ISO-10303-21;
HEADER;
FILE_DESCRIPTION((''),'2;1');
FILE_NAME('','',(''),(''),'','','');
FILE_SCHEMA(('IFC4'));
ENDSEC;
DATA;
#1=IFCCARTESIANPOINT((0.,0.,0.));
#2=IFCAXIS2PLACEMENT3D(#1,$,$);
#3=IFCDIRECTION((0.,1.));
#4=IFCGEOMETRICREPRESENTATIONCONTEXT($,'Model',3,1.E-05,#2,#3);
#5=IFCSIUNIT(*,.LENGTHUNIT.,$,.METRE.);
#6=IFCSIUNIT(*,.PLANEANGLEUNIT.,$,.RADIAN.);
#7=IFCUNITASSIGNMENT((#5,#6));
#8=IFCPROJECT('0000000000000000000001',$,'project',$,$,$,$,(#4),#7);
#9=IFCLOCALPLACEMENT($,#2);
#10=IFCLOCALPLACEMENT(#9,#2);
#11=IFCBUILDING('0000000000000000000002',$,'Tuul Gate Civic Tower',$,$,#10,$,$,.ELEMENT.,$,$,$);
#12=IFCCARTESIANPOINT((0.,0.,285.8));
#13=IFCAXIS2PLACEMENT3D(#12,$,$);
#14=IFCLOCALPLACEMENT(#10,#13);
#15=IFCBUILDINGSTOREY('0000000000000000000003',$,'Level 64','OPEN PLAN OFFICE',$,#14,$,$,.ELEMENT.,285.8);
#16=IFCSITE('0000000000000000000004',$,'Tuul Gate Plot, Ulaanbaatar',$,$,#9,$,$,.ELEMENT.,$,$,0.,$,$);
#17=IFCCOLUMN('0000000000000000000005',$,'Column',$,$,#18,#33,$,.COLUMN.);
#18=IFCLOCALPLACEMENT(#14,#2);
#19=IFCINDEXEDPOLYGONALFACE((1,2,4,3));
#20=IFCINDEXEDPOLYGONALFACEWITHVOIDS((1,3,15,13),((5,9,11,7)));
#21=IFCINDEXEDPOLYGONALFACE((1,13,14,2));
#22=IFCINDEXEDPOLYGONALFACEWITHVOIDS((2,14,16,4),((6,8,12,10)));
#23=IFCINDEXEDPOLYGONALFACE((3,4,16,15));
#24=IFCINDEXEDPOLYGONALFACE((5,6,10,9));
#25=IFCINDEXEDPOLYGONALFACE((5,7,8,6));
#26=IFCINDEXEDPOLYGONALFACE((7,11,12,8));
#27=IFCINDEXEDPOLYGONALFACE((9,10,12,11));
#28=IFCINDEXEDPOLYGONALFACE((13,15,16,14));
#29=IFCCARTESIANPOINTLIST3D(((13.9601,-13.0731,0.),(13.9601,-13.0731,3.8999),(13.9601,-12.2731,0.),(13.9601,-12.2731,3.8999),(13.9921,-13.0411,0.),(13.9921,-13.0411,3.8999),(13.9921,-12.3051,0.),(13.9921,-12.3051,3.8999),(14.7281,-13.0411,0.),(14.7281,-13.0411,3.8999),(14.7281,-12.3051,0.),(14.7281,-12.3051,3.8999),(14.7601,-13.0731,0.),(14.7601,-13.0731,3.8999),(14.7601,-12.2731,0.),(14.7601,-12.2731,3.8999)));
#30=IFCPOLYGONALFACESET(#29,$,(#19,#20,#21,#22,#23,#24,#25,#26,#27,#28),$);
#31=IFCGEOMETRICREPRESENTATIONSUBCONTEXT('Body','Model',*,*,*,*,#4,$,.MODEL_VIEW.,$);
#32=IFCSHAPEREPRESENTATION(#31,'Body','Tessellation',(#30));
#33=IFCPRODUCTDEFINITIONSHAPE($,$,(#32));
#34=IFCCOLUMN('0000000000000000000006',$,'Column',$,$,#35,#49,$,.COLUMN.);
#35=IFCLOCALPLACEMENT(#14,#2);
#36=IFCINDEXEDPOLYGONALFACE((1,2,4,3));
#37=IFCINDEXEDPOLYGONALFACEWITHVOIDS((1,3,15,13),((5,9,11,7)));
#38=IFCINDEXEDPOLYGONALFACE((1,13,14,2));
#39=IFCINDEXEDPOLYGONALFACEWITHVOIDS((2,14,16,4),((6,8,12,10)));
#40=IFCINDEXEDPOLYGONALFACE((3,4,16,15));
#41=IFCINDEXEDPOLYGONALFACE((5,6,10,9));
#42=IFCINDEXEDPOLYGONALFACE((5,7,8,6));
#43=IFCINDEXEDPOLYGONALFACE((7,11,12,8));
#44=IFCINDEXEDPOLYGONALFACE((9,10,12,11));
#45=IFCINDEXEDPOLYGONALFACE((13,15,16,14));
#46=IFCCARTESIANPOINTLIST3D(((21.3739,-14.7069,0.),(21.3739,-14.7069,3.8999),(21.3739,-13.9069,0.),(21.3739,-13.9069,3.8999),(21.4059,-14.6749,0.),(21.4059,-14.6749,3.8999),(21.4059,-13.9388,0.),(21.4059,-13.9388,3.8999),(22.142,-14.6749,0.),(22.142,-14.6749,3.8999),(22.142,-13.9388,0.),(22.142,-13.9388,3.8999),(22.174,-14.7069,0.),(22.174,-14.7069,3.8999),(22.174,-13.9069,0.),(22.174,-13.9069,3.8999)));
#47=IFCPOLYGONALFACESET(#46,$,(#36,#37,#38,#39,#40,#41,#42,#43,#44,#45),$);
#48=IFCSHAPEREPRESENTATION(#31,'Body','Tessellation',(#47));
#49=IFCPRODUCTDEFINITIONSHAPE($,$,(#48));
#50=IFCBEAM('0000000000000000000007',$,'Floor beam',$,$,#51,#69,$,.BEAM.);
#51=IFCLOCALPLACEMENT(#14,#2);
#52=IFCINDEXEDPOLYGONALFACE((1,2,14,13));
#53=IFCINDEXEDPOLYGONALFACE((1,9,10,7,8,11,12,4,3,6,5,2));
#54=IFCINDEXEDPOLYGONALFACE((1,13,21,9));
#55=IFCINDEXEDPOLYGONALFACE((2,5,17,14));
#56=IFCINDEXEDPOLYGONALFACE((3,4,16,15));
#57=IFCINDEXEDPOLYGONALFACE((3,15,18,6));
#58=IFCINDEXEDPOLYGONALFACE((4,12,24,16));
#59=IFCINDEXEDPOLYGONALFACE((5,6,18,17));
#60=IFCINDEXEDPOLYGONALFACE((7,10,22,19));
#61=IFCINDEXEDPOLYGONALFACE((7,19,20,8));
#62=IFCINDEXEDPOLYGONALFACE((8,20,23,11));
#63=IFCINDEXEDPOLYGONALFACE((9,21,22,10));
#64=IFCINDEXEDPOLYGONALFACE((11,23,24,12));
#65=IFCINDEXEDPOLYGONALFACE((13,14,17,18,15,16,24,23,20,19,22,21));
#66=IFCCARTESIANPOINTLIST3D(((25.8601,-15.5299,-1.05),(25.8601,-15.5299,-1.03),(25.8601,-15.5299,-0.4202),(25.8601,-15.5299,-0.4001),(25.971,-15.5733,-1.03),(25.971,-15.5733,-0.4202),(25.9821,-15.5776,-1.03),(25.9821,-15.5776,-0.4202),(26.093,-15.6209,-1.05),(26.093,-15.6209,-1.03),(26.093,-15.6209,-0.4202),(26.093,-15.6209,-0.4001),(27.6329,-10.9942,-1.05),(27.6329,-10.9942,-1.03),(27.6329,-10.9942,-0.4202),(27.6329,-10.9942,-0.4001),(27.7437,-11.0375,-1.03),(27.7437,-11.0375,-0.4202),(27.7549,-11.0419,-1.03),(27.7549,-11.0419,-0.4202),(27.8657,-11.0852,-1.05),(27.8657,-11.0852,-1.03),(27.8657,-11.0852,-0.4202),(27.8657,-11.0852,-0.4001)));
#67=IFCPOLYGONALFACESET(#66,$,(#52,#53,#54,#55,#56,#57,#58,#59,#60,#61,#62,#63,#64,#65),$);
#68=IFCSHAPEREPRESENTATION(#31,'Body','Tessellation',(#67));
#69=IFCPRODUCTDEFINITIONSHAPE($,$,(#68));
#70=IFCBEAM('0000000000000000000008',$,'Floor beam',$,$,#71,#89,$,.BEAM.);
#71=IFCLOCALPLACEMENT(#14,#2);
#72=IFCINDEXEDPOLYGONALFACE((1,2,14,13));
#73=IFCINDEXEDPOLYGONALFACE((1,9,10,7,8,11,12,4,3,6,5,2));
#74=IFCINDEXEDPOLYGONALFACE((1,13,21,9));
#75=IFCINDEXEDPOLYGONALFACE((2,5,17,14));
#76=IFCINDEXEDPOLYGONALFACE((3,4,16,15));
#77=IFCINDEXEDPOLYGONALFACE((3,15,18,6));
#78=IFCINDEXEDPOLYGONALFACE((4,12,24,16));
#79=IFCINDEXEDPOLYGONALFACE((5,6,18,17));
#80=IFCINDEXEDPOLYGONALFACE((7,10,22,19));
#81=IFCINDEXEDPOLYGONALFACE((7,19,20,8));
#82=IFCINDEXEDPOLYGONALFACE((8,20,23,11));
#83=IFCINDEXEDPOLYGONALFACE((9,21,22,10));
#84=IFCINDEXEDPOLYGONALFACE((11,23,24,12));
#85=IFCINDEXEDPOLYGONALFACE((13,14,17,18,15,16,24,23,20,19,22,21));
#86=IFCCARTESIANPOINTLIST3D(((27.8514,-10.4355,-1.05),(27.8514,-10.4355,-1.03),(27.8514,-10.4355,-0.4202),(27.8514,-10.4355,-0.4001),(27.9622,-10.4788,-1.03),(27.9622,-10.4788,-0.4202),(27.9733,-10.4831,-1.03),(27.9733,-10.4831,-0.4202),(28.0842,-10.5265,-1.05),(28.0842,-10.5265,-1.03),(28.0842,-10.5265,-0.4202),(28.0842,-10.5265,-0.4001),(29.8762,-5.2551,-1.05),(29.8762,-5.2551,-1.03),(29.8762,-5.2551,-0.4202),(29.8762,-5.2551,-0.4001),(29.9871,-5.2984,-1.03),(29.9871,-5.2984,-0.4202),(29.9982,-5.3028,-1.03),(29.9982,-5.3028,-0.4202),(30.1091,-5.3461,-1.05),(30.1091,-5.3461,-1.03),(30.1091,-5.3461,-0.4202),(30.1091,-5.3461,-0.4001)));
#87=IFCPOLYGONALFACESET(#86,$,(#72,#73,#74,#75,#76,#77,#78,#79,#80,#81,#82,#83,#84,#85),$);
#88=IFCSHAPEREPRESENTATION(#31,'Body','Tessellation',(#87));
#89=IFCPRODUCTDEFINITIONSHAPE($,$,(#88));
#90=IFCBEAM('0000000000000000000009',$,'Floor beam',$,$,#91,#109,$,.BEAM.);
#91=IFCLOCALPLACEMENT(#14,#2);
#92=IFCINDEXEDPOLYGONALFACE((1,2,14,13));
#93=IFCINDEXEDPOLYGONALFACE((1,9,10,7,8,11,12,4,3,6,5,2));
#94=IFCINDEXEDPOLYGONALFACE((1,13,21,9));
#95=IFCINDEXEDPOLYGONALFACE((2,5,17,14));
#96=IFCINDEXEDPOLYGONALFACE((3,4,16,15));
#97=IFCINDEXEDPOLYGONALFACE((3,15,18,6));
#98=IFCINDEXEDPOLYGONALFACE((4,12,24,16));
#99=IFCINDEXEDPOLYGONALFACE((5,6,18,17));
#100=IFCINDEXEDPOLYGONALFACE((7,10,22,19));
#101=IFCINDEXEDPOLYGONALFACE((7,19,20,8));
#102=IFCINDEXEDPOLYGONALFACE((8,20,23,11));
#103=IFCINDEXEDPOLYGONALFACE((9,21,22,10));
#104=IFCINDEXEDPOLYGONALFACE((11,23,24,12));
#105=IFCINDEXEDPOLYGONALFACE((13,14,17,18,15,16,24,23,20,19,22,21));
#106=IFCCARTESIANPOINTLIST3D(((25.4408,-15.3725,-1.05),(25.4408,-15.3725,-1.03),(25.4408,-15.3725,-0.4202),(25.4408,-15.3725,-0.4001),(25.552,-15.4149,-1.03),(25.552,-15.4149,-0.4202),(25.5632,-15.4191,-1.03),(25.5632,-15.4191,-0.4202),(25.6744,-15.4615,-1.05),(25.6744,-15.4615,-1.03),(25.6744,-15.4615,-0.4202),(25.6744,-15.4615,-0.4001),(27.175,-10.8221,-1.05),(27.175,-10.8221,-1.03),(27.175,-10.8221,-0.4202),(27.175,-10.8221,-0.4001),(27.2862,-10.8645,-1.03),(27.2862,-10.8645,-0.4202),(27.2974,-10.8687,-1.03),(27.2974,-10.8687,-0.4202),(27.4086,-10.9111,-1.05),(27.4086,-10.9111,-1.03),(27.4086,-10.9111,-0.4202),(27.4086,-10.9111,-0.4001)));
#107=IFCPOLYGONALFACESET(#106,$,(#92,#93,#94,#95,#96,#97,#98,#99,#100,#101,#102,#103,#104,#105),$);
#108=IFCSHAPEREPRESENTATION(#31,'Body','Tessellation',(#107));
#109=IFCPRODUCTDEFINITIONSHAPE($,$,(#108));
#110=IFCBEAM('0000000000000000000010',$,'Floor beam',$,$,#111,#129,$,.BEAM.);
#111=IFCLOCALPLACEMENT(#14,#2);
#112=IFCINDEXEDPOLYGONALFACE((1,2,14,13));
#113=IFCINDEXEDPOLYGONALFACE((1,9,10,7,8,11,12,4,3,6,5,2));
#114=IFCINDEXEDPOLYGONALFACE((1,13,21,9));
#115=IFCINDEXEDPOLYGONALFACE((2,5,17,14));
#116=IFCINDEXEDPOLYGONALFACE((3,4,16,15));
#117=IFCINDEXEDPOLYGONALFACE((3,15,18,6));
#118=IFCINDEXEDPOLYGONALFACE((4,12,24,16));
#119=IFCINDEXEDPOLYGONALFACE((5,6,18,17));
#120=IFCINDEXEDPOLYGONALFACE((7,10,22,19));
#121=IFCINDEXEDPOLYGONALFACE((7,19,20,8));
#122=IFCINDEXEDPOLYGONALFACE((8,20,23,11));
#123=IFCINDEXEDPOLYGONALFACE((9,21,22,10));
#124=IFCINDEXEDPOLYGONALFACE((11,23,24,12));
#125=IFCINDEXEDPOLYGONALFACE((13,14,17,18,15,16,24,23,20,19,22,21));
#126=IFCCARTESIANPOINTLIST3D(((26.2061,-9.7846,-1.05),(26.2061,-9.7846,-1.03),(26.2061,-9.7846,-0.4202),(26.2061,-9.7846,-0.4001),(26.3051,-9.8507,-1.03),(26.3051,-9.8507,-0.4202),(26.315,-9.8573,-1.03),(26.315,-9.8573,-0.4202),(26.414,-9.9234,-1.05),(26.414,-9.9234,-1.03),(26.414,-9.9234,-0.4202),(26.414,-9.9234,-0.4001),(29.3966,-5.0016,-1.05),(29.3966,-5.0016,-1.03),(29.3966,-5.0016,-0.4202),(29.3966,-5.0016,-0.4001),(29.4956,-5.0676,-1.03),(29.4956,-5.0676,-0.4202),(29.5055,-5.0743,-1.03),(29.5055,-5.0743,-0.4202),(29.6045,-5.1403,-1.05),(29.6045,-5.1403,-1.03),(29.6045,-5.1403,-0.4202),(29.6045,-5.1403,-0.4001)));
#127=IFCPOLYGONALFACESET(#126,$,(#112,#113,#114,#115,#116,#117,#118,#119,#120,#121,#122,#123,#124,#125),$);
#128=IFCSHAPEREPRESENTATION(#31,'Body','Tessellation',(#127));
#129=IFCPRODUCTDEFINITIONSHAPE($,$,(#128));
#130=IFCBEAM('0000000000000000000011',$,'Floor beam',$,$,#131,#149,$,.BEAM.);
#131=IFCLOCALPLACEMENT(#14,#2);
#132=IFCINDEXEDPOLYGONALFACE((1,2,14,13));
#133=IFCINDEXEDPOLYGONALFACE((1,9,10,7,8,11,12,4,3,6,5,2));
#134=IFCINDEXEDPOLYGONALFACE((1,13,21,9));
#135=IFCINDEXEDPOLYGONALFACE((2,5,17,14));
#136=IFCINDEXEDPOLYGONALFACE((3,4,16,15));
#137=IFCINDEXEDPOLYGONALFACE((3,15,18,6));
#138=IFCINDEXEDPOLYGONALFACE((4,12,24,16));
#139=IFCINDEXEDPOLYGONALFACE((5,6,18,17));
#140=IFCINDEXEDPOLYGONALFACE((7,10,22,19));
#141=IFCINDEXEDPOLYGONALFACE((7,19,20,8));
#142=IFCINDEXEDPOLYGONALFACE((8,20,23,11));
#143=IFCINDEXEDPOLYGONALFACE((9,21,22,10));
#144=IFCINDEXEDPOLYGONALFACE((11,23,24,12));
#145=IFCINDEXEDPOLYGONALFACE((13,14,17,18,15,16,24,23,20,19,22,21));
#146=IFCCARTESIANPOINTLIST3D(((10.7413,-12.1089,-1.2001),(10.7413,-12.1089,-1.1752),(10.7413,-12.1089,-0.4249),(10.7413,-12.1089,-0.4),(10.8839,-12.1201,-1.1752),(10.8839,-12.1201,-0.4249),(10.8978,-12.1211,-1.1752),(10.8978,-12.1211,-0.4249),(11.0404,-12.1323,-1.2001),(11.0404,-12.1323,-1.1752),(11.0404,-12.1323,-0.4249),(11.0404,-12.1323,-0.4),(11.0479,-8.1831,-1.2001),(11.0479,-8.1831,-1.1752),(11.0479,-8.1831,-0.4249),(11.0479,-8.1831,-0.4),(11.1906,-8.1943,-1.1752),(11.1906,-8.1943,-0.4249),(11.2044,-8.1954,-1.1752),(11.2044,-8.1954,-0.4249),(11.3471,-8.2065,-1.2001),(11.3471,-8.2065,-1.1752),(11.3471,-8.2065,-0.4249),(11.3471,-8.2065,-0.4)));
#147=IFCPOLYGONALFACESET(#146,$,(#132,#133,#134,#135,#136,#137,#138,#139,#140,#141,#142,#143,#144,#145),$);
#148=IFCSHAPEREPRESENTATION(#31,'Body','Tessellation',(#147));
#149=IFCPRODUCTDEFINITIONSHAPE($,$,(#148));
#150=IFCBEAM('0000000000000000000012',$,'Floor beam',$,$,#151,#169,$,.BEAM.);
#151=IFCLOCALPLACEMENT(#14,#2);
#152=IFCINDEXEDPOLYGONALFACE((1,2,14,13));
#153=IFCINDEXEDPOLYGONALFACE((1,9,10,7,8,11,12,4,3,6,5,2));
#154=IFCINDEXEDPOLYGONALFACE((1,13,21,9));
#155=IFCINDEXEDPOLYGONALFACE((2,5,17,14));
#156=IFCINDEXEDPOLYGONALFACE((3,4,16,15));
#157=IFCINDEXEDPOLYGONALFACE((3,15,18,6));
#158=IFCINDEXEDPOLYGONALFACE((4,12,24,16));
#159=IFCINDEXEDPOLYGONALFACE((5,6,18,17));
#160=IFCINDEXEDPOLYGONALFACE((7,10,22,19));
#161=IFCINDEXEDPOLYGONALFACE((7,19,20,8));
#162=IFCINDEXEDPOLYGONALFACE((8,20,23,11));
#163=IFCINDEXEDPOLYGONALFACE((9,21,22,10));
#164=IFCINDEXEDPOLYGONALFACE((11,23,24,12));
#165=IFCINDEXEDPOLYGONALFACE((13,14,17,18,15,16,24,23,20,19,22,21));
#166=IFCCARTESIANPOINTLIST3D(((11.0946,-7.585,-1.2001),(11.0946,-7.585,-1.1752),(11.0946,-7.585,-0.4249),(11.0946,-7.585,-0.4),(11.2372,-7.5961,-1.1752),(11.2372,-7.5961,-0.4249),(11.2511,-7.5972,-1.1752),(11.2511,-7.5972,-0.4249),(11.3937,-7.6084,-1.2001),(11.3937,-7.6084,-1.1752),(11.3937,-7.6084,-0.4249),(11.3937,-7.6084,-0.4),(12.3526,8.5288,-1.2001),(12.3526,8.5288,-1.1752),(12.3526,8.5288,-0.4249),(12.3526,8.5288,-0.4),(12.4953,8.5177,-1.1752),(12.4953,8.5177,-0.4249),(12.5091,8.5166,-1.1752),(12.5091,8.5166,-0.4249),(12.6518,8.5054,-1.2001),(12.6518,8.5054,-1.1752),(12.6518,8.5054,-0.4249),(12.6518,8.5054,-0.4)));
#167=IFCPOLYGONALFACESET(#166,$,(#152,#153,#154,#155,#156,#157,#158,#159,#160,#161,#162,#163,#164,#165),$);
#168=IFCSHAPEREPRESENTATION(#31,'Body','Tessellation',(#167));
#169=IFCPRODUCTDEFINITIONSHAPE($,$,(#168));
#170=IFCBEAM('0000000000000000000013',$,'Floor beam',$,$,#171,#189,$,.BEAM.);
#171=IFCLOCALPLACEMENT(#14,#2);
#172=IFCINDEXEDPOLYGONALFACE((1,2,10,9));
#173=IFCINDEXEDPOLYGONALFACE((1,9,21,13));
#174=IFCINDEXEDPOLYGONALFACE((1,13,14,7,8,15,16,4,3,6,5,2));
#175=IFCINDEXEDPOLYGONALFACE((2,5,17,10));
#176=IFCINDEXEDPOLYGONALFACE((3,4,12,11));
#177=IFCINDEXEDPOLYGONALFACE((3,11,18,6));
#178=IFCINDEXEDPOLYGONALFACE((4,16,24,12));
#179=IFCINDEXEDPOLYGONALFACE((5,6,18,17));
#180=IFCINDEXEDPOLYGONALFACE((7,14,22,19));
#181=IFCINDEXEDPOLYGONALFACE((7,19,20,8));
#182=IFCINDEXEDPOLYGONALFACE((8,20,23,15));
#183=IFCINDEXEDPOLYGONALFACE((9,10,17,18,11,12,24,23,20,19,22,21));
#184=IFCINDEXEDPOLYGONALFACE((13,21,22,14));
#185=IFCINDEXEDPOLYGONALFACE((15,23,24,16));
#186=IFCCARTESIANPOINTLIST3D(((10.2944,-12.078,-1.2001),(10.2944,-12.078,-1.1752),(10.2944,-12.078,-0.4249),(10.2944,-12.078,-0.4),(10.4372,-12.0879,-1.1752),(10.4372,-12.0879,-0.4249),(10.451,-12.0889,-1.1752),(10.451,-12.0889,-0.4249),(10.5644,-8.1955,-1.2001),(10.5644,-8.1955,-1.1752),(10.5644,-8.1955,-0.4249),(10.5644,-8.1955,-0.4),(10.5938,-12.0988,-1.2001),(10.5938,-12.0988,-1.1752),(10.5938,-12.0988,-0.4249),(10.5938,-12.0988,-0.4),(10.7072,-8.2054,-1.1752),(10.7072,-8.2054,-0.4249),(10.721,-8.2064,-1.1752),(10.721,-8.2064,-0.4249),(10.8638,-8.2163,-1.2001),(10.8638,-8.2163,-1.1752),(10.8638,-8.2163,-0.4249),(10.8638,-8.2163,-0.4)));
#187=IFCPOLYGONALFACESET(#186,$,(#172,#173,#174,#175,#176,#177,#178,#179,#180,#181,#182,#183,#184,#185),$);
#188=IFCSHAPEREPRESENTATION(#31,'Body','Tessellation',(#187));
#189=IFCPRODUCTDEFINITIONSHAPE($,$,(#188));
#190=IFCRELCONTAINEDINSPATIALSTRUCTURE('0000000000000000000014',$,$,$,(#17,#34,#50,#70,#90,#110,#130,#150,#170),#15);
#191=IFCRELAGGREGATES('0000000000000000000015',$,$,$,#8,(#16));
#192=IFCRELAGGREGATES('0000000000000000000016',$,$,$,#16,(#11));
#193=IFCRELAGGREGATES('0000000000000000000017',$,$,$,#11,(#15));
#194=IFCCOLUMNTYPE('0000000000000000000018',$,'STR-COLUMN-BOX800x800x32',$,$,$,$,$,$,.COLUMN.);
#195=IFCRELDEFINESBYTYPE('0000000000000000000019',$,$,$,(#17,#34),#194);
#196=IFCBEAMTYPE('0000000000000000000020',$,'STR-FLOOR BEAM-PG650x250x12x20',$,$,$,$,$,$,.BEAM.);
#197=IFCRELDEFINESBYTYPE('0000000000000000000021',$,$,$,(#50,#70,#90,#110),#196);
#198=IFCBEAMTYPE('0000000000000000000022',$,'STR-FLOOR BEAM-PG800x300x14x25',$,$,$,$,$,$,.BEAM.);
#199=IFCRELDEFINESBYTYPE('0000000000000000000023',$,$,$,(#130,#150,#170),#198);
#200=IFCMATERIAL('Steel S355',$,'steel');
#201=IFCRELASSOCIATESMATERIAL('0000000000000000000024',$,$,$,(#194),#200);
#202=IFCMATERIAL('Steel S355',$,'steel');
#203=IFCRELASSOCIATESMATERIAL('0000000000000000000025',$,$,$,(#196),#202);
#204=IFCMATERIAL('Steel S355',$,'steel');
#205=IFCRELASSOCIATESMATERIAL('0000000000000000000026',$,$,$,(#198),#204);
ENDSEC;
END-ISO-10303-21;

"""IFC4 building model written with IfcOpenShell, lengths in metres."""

from ifc_helpers import new_model, si_unit, direction, frame, origin, origin_2d, place, context, subcontext, project, spatial, hollow_rectangle, i_section, extrude, material, material_profile, profile_set, type_object, element, save


model = new_model("IFC4")

# Units and contexts
model_context = context("Model", 3, precision=1e-05, world=origin(), true_north=direction((0.0, 1.0)))
body_context = subcontext(model_context, "Body", "Model", "MODEL_VIEW")
ifc_project = project(units=[si_unit("LENGTHUNIT", "METRE"), si_unit("PLANEANGLEUNIT", "RADIAN")], contexts=[model_context])

# Site, building, storey
site_placement = place(None, origin())
site = spatial("IfcSite", under=ifc_project, at=site_placement, Name="Tuul Gate Plot, Ulaanbaatar", CompositionType="ELEMENT", RefElevation=0.0)
building_placement = place(site_placement, origin())
building = spatial("IfcBuilding", under=site, at=building_placement, Name="Tuul Gate Civic Tower", CompositionType="ELEMENT")
storey_placement = place(building_placement, frame((0.0, 0.0, 285.8)))
storey = spatial("IfcBuildingStorey", under=building, at=storey_placement, Name="Level 64", Description="OPEN PLAN OFFICE", CompositionType="ELEMENT", Elevation=285.8)

# Columns
ifc_material_1 = material(Name="Steel S355", Category="steel")
ifc_material_profile_1 = material_profile(ifc_material_1, hollow_rectangle(XDim=0.8, YDim=0.8, WallThickness=0.032, at=origin_2d()), Name="BOX800x800x32")
ifc_profile_set_1 = profile_set([ifc_material_profile_1], Name="Steel S355")
column_type = type_object("IfcColumnType", Name="STR-COLUMN-BOX800x800x32", PredefinedType="COLUMN", material=ifc_profile_set_1)
for number, where, z_axis, x_axis, name in (
    (1, (14.3601, -12.6731, 0.0), (0.0, 0.0, 1.0), (1.0, 0.0, 0.0), "Column"),
    (2, (21.7739, -14.3069, 0.0), (0.0, 0.0, 1.0), (1.0, 0.0, 0.0), "Column"),
):
    element("IfcColumn", number, at=place(storey_placement, frame(where, z_axis=z_axis, x_axis=x_axis)), inside=storey, type_object=column_type, Name=name, PredefinedType="COLUMN", context=body_context, shape_type="SweptSolid", body=[
        extrude(hollow_rectangle(XDim=0.8, YDim=0.8, WallThickness=0.032, at=origin_2d()), origin(), (0.0, 0.0, 1.0), 3.8999),
    ])

# Beams
ifc_material_2 = material(Name="Steel S355", Category="steel")
ifc_material_profile_2 = material_profile(ifc_material_2, i_section(OverallWidth=0.25, OverallDepth=0.6499, WebThickness=0.012, FlangeThickness=0.02, at=origin_2d()), Name="PG650x250x12x20")
ifc_profile_set_2 = profile_set([ifc_material_profile_2], Name="Steel S355")
beam_type_1 = type_object("IfcBeamType", Name="STR-FLOOR BEAM-PG650x250x12x20", PredefinedType="BEAM", material=ifc_profile_set_2)
beam_1_placement = place(storey_placement, frame((25.9766, -15.5754, -0.7251), z_axis=(0.364023, 0.93139, 0.0), x_axis=(-0.93139, 0.364023, 0.0)))
element("IfcBeam", 3, at=beam_1_placement, inside=storey, type_object=beam_type_1, Name="Floor beam", PredefinedType="BEAM", context=body_context, shape_type="SweptSolid", body=[
    extrude(i_section(OverallWidth=0.25, OverallDepth=0.6499, WebThickness=0.012, FlangeThickness=0.02, at=origin_2d()), origin(), (0.0, 0.0, 1.0), 4.8699),
])
beam_2_placement = place(storey_placement, frame((27.9678, -10.481, -0.7251), z_axis=(0.364053, 0.931378, 0.0), x_axis=(-0.931378, 0.364053, 0.0)))
element("IfcBeam", 4, at=beam_2_placement, inside=storey, type_object=beam_type_1, Name="Floor beam", PredefinedType="BEAM", context=body_context, shape_type="SweptSolid", body=[
    extrude(i_section(OverallWidth=0.25, OverallDepth=0.6499, WebThickness=0.012, FlangeThickness=0.02, at=origin_2d()), origin(), (0.0, 0.0, 1.0), 5.562),
])
beam_3_placement = place(storey_placement, frame((25.5576, -15.417, -0.7251), z_axis=(0.356118, 0.934441, 0.0), x_axis=(-0.934441, 0.356118, 0.0)))
element("IfcBeam", 5, at=beam_3_placement, inside=storey, type_object=beam_type_1, Name="Floor beam", PredefinedType="BEAM", context=body_context, shape_type="SweptSolid", body=[
    extrude(i_section(OverallWidth=0.25, OverallDepth=0.6499, WebThickness=0.012, FlangeThickness=0.02, at=origin_2d()), origin(), (0.0, 0.0, 1.0), 4.8696),
])
beam_4_placement = place(storey_placement, frame((26.3101, -9.854, -0.7251), z_axis=(0.554916, 0.831907, 0.0), x_axis=(-0.831907, 0.554916, 0.0)))
element("IfcBeam", 6, at=beam_4_placement, inside=storey, type_object=beam_type_1, Name="Floor beam", PredefinedType="BEAM", context=body_context, shape_type="SweptSolid", body=[
    extrude(i_section(OverallWidth=0.25, OverallDepth=0.6499, WebThickness=0.012, FlangeThickness=0.02, at=origin_2d()), origin(), (0.0, 0.0, 1.0), 5.7495),
])
ifc_material_3 = material(Name="Steel S355", Category="steel")
ifc_material_profile_3 = material_profile(ifc_material_3, i_section(OverallWidth=0.3, OverallDepth=0.8, WebThickness=0.0139, FlangeThickness=0.0249, at=origin_2d()), Name="PG800x300x14x25")
ifc_profile_set_3 = profile_set([ifc_material_profile_3], Name="Steel S355")
beam_type_2 = type_object("IfcBeamType", Name="STR-FLOOR BEAM-PG800x300x14x25", PredefinedType="BEAM", material=ifc_profile_set_3)
beam_5_placement = place(storey_placement, frame((10.8909, -12.1206, -0.8), z_axis=(0.077872, 0.996963, 0.0), x_axis=(-0.996963, 0.077872, 0.0)))
element("IfcBeam", 7, at=beam_5_placement, inside=storey, type_object=beam_type_2, Name="Floor beam", PredefinedType="BEAM", context=body_context, shape_type="SweptSolid", body=[
    extrude(i_section(OverallWidth=0.3, OverallDepth=0.8, WebThickness=0.0139, FlangeThickness=0.0249, at=origin_2d()), origin(), (0.0, 0.0, 1.0), 3.9377),
])
beam_6_placement = place(storey_placement, frame((11.2441, -7.5967, -0.8), z_axis=(0.077837, 0.996966, 0.0), x_axis=(-0.996966, 0.077837, 0.0)))
element("IfcBeam", 8, at=beam_6_placement, inside=storey, type_object=beam_type_2, Name="Floor beam", PredefinedType="BEAM", context=body_context, shape_type="SweptSolid", body=[
    extrude(i_section(OverallWidth=0.3, OverallDepth=0.8, WebThickness=0.0139, FlangeThickness=0.0249, at=origin_2d()), origin(), (0.0, 0.0, 1.0), 16.1628),
])
beam_7_placement = place(storey_placement, frame((10.4441, -12.0884, -0.8), z_axis=(0.069379, 0.99759, 0.0), x_axis=(-0.99759, 0.069379, 0.0)))
element("IfcBeam", 9, at=beam_7_placement, inside=storey, type_object=beam_type_2, Name="Floor beam", PredefinedType="BEAM", context=body_context, shape_type="SweptSolid", body=[
    extrude(i_section(OverallWidth=0.3, OverallDepth=0.8, WebThickness=0.0139, FlangeThickness=0.0249, at=origin_2d()), origin(), (0.0, 0.0, 1.0), 3.8918),
])

save(model, "model.ifc")
